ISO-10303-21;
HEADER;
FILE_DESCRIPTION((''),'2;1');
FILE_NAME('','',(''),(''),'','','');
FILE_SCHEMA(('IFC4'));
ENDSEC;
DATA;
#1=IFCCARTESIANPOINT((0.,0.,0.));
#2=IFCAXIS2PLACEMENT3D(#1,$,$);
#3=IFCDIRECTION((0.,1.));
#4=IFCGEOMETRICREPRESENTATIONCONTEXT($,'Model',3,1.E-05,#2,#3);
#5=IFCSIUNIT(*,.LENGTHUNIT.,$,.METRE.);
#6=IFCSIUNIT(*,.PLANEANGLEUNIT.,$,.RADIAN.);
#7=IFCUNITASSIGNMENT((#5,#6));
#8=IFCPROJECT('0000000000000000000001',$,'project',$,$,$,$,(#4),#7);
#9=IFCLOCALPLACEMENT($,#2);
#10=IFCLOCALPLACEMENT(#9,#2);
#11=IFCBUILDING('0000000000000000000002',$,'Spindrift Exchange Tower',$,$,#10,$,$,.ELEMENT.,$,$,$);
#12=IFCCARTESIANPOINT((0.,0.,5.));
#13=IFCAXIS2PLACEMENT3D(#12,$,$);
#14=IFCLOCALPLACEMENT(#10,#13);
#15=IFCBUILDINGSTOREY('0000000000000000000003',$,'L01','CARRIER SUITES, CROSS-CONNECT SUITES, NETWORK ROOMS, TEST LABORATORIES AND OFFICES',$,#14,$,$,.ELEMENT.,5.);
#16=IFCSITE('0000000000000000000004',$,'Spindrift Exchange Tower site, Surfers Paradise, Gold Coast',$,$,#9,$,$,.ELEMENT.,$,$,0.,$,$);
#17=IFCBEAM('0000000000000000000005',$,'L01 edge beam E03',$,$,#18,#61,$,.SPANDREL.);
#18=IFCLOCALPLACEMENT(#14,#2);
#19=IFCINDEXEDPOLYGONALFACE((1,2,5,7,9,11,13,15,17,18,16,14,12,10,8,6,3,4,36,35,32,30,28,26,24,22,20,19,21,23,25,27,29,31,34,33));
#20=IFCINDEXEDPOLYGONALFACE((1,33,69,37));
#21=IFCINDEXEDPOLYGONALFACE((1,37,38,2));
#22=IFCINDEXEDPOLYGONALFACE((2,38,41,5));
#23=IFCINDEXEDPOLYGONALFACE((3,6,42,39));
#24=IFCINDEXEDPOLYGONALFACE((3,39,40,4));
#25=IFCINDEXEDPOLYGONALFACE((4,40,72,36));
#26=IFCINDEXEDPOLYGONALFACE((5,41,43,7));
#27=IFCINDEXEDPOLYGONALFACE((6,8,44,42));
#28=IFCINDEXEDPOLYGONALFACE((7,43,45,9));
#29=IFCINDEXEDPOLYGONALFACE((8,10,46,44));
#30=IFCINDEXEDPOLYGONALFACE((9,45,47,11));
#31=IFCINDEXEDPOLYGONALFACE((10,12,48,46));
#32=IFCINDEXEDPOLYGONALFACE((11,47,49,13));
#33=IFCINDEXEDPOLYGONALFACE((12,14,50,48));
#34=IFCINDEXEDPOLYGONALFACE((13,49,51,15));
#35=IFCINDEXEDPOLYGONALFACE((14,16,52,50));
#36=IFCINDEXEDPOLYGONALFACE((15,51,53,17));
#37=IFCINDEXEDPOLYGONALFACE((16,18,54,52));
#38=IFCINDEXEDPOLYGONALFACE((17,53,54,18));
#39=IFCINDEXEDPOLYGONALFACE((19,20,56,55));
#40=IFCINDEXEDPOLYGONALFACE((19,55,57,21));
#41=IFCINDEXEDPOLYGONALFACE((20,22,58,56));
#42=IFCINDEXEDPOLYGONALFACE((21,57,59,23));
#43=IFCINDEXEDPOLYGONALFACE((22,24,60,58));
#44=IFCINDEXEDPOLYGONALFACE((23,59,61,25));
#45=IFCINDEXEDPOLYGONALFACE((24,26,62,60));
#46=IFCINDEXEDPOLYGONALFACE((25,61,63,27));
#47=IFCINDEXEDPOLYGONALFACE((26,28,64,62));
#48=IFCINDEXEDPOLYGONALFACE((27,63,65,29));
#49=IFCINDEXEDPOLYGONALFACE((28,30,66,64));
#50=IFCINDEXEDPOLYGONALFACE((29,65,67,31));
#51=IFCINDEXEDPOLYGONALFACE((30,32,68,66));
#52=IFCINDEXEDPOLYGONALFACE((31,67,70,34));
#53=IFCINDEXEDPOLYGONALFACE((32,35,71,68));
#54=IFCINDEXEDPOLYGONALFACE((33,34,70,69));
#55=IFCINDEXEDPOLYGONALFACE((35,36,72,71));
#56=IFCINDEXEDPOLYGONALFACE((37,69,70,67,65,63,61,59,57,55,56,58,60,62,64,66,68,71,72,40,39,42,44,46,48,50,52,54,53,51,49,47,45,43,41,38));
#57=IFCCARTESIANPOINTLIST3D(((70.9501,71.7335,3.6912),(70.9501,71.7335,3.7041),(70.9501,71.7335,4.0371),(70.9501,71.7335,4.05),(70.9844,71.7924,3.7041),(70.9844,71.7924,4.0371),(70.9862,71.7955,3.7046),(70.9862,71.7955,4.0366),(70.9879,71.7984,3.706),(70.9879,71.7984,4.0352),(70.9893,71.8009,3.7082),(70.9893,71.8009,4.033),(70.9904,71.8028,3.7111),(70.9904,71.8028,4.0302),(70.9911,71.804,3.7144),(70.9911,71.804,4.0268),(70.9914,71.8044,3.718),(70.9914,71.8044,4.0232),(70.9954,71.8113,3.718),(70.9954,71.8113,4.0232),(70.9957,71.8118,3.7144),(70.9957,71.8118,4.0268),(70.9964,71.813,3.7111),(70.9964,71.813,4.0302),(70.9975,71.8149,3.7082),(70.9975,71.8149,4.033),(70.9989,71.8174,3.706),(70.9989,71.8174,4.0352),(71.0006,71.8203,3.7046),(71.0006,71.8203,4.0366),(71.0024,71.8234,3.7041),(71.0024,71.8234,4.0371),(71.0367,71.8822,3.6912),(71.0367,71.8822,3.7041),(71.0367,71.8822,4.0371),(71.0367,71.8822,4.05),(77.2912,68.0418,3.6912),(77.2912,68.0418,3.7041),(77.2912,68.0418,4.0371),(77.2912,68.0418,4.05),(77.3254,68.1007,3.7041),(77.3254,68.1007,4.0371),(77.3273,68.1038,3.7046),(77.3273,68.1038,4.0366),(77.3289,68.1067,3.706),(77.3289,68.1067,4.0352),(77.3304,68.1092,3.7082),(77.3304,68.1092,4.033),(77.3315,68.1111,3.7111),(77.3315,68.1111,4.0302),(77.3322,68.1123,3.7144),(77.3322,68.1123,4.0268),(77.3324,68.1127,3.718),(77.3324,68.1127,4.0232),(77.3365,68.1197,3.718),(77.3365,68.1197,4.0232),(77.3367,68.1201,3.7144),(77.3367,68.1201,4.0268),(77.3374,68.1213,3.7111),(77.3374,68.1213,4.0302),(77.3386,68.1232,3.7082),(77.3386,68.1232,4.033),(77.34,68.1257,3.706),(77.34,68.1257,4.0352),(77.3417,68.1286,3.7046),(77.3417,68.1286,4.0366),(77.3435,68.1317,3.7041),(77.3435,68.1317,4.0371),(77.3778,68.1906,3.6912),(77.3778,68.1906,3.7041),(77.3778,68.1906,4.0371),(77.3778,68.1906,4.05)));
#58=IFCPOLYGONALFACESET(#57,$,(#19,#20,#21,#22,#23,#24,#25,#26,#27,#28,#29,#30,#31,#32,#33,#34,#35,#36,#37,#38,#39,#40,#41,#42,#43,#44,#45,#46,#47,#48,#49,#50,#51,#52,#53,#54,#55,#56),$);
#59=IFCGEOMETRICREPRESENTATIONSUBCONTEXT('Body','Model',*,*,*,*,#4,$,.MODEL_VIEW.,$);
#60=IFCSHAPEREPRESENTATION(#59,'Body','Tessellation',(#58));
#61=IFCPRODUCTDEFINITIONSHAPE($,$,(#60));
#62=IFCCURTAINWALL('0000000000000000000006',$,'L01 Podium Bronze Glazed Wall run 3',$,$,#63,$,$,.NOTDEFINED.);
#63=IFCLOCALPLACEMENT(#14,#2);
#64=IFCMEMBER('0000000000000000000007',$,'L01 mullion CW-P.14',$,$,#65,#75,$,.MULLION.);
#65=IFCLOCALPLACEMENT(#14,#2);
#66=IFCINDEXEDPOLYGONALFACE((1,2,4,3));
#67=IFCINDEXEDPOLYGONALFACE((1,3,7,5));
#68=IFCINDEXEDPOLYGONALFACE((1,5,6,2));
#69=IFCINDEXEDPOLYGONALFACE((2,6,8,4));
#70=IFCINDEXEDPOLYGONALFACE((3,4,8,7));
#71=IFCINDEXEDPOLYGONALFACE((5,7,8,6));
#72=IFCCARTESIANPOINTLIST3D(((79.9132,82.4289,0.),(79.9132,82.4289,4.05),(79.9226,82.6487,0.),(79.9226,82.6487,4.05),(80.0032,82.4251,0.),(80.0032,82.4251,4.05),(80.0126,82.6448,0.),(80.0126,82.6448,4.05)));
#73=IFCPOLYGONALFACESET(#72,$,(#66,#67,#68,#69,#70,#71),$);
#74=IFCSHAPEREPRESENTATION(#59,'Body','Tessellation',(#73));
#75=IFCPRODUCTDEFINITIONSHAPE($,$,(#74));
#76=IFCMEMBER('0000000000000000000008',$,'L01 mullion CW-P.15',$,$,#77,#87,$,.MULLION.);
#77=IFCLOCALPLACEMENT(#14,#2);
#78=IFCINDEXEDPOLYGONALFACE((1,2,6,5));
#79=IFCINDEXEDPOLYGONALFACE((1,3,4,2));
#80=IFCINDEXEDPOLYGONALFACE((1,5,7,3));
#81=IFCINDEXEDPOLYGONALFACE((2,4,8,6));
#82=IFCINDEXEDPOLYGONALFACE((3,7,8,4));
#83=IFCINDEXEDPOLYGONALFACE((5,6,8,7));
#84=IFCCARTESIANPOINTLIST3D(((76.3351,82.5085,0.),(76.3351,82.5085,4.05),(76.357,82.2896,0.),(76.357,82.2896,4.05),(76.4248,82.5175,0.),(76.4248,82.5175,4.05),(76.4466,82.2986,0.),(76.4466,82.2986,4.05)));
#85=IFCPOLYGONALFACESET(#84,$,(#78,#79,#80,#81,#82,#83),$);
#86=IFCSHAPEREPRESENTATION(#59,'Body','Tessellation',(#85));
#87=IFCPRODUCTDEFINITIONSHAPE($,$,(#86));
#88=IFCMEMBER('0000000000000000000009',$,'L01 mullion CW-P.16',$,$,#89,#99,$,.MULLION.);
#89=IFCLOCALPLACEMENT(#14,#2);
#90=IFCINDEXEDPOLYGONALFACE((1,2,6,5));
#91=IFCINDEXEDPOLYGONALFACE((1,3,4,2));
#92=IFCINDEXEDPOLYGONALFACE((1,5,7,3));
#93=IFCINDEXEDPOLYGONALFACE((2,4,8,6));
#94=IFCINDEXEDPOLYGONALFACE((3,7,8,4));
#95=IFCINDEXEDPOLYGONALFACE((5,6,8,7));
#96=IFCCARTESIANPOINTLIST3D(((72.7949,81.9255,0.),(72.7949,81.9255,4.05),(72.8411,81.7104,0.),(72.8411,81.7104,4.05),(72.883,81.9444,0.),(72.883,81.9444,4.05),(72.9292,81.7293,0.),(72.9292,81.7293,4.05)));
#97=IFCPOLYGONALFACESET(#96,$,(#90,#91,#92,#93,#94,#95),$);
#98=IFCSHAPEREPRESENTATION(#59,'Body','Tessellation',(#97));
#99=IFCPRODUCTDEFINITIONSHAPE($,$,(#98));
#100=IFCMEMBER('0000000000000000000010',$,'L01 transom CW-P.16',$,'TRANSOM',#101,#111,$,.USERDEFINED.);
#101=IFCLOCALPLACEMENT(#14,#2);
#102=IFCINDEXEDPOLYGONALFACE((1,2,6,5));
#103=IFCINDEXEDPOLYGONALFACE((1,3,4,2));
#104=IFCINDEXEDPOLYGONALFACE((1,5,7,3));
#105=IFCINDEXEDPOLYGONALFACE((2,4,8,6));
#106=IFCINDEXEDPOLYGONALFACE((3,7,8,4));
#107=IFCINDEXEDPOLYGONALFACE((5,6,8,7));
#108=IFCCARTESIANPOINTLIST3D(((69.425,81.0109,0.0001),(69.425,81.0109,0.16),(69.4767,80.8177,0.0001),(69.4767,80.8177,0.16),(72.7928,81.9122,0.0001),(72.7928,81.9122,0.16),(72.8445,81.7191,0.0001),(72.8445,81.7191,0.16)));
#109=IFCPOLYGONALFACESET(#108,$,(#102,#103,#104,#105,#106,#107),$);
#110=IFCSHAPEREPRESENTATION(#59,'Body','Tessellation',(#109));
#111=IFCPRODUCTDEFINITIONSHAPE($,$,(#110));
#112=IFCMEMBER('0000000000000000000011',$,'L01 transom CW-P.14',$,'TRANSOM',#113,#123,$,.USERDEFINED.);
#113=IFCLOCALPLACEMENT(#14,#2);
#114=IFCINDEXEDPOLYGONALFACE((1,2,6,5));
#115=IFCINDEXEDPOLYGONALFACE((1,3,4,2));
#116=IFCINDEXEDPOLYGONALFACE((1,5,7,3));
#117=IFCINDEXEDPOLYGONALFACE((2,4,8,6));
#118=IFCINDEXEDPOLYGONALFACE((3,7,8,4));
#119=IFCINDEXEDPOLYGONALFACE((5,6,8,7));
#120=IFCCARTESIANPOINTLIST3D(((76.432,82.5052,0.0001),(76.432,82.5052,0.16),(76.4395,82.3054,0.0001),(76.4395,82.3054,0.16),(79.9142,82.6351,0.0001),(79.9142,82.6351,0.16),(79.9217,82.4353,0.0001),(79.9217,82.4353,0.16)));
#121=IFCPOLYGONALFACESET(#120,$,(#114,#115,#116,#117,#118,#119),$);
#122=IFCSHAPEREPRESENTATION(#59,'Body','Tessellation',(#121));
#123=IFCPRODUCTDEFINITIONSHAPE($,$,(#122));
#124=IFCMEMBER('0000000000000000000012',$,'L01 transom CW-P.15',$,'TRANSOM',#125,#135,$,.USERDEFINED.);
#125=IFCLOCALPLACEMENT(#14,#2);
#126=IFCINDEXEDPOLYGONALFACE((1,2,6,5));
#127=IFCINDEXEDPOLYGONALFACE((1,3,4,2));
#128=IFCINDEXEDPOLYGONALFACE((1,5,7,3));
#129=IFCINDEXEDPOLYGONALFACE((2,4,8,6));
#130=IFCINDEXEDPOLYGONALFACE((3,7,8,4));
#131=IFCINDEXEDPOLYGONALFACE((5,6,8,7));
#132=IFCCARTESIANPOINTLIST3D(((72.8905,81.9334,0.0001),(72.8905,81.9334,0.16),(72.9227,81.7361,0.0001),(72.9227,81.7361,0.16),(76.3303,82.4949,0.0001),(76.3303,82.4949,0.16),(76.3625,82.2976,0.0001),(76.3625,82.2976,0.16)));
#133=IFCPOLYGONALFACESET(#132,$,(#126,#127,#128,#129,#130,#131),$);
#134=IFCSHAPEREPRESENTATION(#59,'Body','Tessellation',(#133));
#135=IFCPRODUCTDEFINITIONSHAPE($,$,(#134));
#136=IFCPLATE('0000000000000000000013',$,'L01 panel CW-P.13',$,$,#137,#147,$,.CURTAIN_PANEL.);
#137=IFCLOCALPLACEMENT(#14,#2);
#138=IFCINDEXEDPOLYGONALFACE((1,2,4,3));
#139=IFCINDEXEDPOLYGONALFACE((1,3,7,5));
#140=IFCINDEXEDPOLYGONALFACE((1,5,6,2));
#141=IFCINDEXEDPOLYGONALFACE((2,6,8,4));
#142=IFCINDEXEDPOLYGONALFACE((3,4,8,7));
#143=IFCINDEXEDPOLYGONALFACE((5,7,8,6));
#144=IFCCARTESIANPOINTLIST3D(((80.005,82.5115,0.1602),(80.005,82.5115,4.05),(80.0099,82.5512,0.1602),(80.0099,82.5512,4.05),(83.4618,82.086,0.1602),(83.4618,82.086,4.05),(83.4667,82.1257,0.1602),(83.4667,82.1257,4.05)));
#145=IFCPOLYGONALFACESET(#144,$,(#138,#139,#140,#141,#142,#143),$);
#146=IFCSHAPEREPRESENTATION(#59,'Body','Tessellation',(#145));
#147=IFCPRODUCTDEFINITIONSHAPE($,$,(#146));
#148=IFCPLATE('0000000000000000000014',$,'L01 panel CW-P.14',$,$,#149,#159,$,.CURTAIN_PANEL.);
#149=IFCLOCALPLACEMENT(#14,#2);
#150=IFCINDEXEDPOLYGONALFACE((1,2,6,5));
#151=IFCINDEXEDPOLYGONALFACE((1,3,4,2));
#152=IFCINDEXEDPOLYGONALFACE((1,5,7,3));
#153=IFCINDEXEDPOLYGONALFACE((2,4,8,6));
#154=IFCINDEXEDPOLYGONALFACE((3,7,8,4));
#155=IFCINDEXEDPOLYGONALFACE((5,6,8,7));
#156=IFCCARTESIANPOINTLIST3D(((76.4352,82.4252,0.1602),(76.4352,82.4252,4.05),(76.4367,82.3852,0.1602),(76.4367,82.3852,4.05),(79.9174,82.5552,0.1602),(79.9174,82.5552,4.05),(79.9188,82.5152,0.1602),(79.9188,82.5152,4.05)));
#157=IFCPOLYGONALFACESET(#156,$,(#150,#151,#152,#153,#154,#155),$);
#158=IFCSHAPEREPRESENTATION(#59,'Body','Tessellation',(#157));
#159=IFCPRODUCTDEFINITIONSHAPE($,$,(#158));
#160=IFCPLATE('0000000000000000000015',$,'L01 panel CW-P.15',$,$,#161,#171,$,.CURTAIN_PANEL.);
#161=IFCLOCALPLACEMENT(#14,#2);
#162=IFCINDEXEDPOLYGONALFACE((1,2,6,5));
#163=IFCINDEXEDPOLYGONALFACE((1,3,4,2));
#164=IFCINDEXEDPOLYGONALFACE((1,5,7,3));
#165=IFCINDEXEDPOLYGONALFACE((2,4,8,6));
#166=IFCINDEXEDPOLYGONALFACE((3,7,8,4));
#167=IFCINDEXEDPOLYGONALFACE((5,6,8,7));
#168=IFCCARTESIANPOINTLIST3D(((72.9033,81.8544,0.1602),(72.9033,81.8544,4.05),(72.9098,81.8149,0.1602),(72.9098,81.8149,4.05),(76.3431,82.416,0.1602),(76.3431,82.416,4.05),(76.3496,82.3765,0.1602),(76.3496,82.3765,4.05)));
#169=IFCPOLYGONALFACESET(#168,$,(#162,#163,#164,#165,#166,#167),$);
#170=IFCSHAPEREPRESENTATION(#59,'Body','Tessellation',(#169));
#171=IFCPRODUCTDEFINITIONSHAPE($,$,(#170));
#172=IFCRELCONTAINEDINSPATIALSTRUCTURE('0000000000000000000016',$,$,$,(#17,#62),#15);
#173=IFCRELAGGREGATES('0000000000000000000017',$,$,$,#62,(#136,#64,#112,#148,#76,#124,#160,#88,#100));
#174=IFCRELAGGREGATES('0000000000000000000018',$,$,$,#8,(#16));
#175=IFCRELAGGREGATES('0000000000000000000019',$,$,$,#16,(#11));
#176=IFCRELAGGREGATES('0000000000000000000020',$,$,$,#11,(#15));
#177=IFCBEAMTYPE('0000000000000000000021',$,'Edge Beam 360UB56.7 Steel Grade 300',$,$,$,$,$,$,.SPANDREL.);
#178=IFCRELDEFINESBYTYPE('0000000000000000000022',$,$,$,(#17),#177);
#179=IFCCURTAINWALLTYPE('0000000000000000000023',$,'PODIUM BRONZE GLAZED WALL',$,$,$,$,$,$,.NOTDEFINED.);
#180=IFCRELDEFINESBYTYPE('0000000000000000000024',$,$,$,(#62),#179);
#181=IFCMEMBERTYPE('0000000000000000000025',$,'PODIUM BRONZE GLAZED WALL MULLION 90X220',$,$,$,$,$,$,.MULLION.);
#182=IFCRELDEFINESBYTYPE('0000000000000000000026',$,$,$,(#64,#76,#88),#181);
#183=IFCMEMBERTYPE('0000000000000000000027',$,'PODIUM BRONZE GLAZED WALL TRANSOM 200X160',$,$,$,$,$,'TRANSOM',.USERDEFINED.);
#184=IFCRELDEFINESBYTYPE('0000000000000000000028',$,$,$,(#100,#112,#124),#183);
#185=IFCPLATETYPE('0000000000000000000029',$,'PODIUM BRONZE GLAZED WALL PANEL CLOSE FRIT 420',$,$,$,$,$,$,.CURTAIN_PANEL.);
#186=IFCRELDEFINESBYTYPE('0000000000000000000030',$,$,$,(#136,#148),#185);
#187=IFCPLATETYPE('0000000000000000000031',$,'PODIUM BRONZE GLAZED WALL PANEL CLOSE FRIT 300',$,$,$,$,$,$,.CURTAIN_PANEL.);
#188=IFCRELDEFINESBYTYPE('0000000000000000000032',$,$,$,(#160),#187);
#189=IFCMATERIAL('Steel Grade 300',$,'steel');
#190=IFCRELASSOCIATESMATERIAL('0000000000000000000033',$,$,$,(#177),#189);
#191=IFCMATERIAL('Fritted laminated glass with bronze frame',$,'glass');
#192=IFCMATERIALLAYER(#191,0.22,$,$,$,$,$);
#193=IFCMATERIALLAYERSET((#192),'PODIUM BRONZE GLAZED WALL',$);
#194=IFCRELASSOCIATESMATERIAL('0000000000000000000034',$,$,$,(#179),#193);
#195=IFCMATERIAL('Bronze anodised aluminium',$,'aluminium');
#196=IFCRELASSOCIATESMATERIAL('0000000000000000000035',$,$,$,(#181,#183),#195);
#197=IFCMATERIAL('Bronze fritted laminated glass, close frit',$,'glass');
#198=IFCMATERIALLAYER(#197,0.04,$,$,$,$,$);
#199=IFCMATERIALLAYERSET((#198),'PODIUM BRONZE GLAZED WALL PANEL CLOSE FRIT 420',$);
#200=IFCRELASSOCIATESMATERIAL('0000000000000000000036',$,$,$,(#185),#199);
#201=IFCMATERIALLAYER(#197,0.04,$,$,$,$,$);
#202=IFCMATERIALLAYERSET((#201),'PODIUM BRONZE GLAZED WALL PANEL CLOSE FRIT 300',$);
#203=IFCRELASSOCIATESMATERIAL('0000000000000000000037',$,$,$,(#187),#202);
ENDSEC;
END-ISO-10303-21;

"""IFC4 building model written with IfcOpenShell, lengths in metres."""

from ifc_helpers import new_model, si_unit, direction, frame, origin, origin_2d, place, context, subcontext, project, spatial, rectangle, i_section, extrude, source, transform, mapped, material, layer, layer_set, material_profile, profile_set, type_object, element, aggregate, save


model = new_model("IFC4")

# Units and contexts
model_context = context("Model", 3, precision=1e-05, world=origin(), true_north=direction((0.0, 1.0)))
body_context = subcontext(model_context, "Body", "Model", "MODEL_VIEW")
ifc_project = project(units=[si_unit("LENGTHUNIT", "METRE"), si_unit("PLANEANGLEUNIT", "RADIAN")], contexts=[model_context])

# Site, building, storey
site_placement = place(None, origin())
site = spatial("IfcSite", under=ifc_project, at=site_placement, Name="Spindrift Exchange Tower site, Surfers Paradise, Gold Coast", CompositionType="ELEMENT", RefElevation=0.0)
building_placement = place(site_placement, origin())
building = spatial("IfcBuilding", under=site, at=building_placement, Name="Spindrift Exchange Tower", CompositionType="ELEMENT")
storey_placement = place(building_placement, frame((0.0, 0.0, 5.0)))
storey = spatial("IfcBuildingStorey", under=building, at=storey_placement, Name="L01", Description="CARRIER SUITES, CROSS-CONNECT SUITES, NETWORK ROOMS, TEST LABORATORIES AND OFFICES", CompositionType="ELEMENT", Elevation=5.0)

# Beam
ifc_material_1 = material(Name="Steel Grade 300", Category="steel")
ifc_material_profile_1 = material_profile(ifc_material_1, i_section(OverallWidth=0.1721, OverallDepth=0.3589, WebThickness=0.0081, FlangeThickness=0.0129, FilletRadius=0.0139, at=origin_2d()), Name="360UB56.7")
ifc_profile_set_1 = profile_set([ifc_material_profile_1], Name="Steel Grade 300")
beam_type_1 = type_object("IfcBeamType", Name="Edge Beam 360UB56.7 Steel Grade 300", PredefinedType="SPANDREL", material=ifc_profile_set_1)
shared_shape_1 = source(origin(), body_context, "Body", "SweptSolid", [
    extrude(i_section(OverallWidth=0.1721, OverallDepth=0.3589, WebThickness=0.0081, FlangeThickness=0.0129, FilletRadius=0.0139, at=origin_2d()), origin(), (0.0, 0.0, 1.0), 7.3374),
])
beam_1_placement = place(storey_placement, frame((77.3345, 68.1162, 3.8706), z_axis=(-0.864212, 0.503128, 0.0), x_axis=(-0.503128, -0.864212, 0.0)))
element("IfcBeam", 1, at=beam_1_placement, inside=storey, type_object=beam_type_1, Name="L01 edge beam E03", PredefinedType="SPANDREL", context=body_context, shape_type="MappedRepresentation", body=[
    mapped(shared_shape_1, transform((0.0, 0.0, 0.0), scale=1.0)),
])

# Curtain wall, members, plates
ifc_material_2 = material(Name="Fritted laminated glass with bronze frame", Category="glass")
ifc_layer_1 = layer(ifc_material_2, 0.22)
ifc_layer_set_1 = layer_set([ifc_layer_1], Name="PODIUM BRONZE GLAZED WALL")
curtain_wall_type = type_object("IfcCurtainWallType", Name="PODIUM BRONZE GLAZED WALL", PredefinedType="NOTDEFINED", material=ifc_layer_set_1)
curtain_wall_placement = place(storey_placement, origin())
curtain_wall = element("IfcCurtainWall", 2, at=curtain_wall_placement, inside=storey, type_object=curtain_wall_type, Name="L01 Podium Bronze Glazed Wall run 3", PredefinedType="NOTDEFINED")
ifc_material_3 = material(Name="Bronze anodised aluminium", Category="aluminium")
ifc_material_profile_2 = material_profile(ifc_material_3, rectangle(XDim=0.0901, YDim=0.22, at=origin_2d()), Name="PODIUM BRONZE GLAZED WALL MULLION 90X220")
ifc_profile_set_2 = profile_set([ifc_material_profile_2], Name="Bronze anodised aluminium")
member_type_1 = type_object("IfcMemberType", Name="PODIUM BRONZE GLAZED WALL MULLION 90X220", PredefinedType="MULLION", material=ifc_profile_set_2)
shared_shape_2 = source(origin(), body_context, "Body", "SweptSolid", [
    extrude(rectangle(XDim=0.0901, YDim=0.22, at=origin_2d()), origin(), (0.0, 0.0, 1.0), 4.05),
])
member_1_placement = place(storey_placement, frame((79.9629, 82.5369, 0.0), z_axis=(0.0, 0.0, 1.0), x_axis=(-0.999094, 0.042563, 0.0)))
member_1 = element("IfcMember", 3, at=member_1_placement, type_object=member_type_1, Name="L01 mullion CW-P.14", PredefinedType="MULLION", context=body_context, shape_type="MappedRepresentation", body=[
    mapped(shared_shape_2, transform((0.0, 0.0, 0.0), scale=1.0)),
])
member_2_placement = place(storey_placement, frame((76.3909, 82.4036, 0.0), z_axis=(0.0, 0.0, 1.0), x_axis=(-0.995046, -0.099416, 0.0)))
member_2 = element("IfcMember", 4, at=member_2_placement, type_object=member_type_1, Name="L01 mullion CW-P.15", PredefinedType="MULLION", context=body_context, shape_type="MappedRepresentation", body=[
    mapped(shared_shape_2, transform((0.0, 0.0, 0.0), scale=1.0)),
])
member_3_placement = place(storey_placement, frame((72.8621, 81.8274, 0.0), z_axis=(0.0, 0.0, 1.0), x_axis=(-0.977679, -0.210106, 0.0)))
member_3 = element("IfcMember", 5, at=member_3_placement, type_object=member_type_1, Name="L01 mullion CW-P.16", PredefinedType="MULLION", context=body_context, shape_type="MappedRepresentation", body=[
    mapped(shared_shape_2, transform((0.0, 0.0, 0.0), scale=1.0)),
])
ifc_material_profile_3 = material_profile(ifc_material_3, rectangle(XDim=0.2, YDim=0.1599, at=origin_2d()), Name="PODIUM BRONZE GLAZED WALL TRANSOM 200X160")
ifc_profile_set_3 = profile_set([ifc_material_profile_3], Name="Bronze anodised aluminium")
member_type_2 = type_object("IfcMemberType", Name="PODIUM BRONZE GLAZED WALL TRANSOM 200X160", ElementType="TRANSOM", PredefinedType="USERDEFINED", material=ifc_profile_set_3)
shared_shape_3 = source(origin(), body_context, "Body", "SweptSolid", [
    extrude(rectangle(XDim=0.2, YDim=0.1599, at=origin_2d()), origin(), (0.0, 0.0, 1.0), 3.4863),
])
member_4_placement = place(storey_placement, frame((72.8186, 81.8157, 0.0801), z_axis=(-0.965997, -0.258552, 0.0), x_axis=(0.258552, -0.965997, 0.0)))
member_4 = element("IfcMember", 6, at=member_4_placement, type_object=member_type_2, Name="L01 transom CW-P.16", ObjectType="TRANSOM", PredefinedType="USERDEFINED", context=body_context, shape_type="MappedRepresentation", body=[
    mapped(shared_shape_3, transform((0.0, 0.0, 0.0), scale=1.0)),
])
shared_shape_4 = source(origin(), body_context, "Body", "SweptSolid", [
    extrude(rectangle(XDim=0.2, YDim=0.1599, at=origin_2d()), origin(), (0.0, 0.0, 1.0), 3.4846),
])
member_5_placement = place(storey_placement, frame((79.918, 82.5352, 0.0801), z_axis=(-0.999305, -0.037273, 0.0), x_axis=(0.037273, -0.999305, 0.0)))
member_5 = element("IfcMember", 7, at=member_5_placement, type_object=member_type_2, Name="L01 transom CW-P.14", ObjectType="TRANSOM", PredefinedType="USERDEFINED", context=body_context, shape_type="MappedRepresentation", body=[
    mapped(shared_shape_4, transform((0.0, 0.0, 0.0), scale=1.0)),
])
shared_shape_5 = source(origin(), body_context, "Body", "SweptSolid", [
    extrude(rectangle(XDim=0.2, YDim=0.1599, at=origin_2d()), origin(), (0.0, 0.0, 1.0), 3.4854),
])
member_6_placement = place(storey_placement, frame((76.3464, 82.3962, 0.0801), z_axis=(-0.986937, -0.161104, 0.0), x_axis=(0.161104, -0.986937, 0.0)))
member_6 = element("IfcMember", 8, at=member_6_placement, type_object=member_type_2, Name="L01 transom CW-P.15", ObjectType="TRANSOM", PredefinedType="USERDEFINED", context=body_context, shape_type="MappedRepresentation", body=[
    mapped(shared_shape_5, transform((0.0, 0.0, 0.0), scale=1.0)),
])
ifc_material_4 = material(Name="Bronze fritted laminated glass, close frit", Category="glass")
ifc_layer_2 = layer(ifc_material_4, 0.04)
ifc_layer_set_2 = layer_set([ifc_layer_2], Name="PODIUM BRONZE GLAZED WALL PANEL CLOSE FRIT 420")
plate_type_1 = type_object("IfcPlateType", Name="PODIUM BRONZE GLAZED WALL PANEL CLOSE FRIT 420", PredefinedType="CURTAIN_PANEL", material=ifc_layer_set_2)
shared_shape_6 = source(origin(), body_context, "Body", "SweptSolid", [
    extrude(rectangle(XDim=3.4829, YDim=0.04, at=origin_2d()), origin(), (0.0, 0.0, 1.0), 3.8899),
])
plate_1_placement = place(storey_placement, frame((81.7358, 82.3186, 0.1602), z_axis=(0.0, 0.0, 1.0), x_axis=(-0.992509, 0.122174, 0.0)))
plate_1 = element("IfcPlate", 9, at=plate_1_placement, type_object=plate_type_1, Name="L01 panel CW-P.13", PredefinedType="CURTAIN_PANEL", context=body_context, shape_type="MappedRepresentation", body=[
    mapped(shared_shape_6, transform((0.0, 0.0, 0.0), scale=1.0)),
])
shared_shape_7 = source(origin(), body_context, "Body", "SweptSolid", [
    extrude(rectangle(XDim=3.4846, YDim=0.04, at=origin_2d()), origin(), (0.0, 0.0, 1.0), 3.8899),
])
plate_2_placement = place(storey_placement, frame((78.177, 82.4702, 0.1602), z_axis=(0.0, 0.0, 1.0), x_axis=(-0.999303, -0.037319, 0.0)))
plate_2 = element("IfcPlate", 10, at=plate_2_placement, type_object=plate_type_1, Name="L01 panel CW-P.14", PredefinedType="CURTAIN_PANEL", context=body_context, shape_type="MappedRepresentation", body=[
    mapped(shared_shape_7, transform((0.0, 0.0, 0.0), scale=1.0)),
])
ifc_layer_3 = layer(ifc_material_4, 0.04)
ifc_layer_set_3 = layer_set([ifc_layer_3], Name="PODIUM BRONZE GLAZED WALL PANEL CLOSE FRIT 300")
plate_type_2 = type_object("IfcPlateType", Name="PODIUM BRONZE GLAZED WALL PANEL CLOSE FRIT 300", PredefinedType="CURTAIN_PANEL", material=ifc_layer_set_3)
shared_shape_8 = source(origin(), body_context, "Body", "SweptSolid", [
    extrude(rectangle(XDim=3.4854, YDim=0.04, at=origin_2d()), origin(), (0.0, 0.0, 1.0), 3.8899),
])
plate_3_placement = place(storey_placement, frame((74.6265, 82.1155, 0.1602), z_axis=(0.0, 0.0, 1.0), x_axis=(-0.986933, -0.161128, 0.0)))
plate_3 = element("IfcPlate", 11, at=plate_3_placement, type_object=plate_type_2, Name="L01 panel CW-P.15", PredefinedType="CURTAIN_PANEL", context=body_context, shape_type="MappedRepresentation", body=[
    mapped(shared_shape_8, transform((0.0, 0.0, 0.0), scale=1.0)),
])
aggregate(curtain_wall, [plate_1, member_1, member_5, plate_2, member_2, member_6, plate_3, member_3, member_4])

save(model, "model.ifc")
